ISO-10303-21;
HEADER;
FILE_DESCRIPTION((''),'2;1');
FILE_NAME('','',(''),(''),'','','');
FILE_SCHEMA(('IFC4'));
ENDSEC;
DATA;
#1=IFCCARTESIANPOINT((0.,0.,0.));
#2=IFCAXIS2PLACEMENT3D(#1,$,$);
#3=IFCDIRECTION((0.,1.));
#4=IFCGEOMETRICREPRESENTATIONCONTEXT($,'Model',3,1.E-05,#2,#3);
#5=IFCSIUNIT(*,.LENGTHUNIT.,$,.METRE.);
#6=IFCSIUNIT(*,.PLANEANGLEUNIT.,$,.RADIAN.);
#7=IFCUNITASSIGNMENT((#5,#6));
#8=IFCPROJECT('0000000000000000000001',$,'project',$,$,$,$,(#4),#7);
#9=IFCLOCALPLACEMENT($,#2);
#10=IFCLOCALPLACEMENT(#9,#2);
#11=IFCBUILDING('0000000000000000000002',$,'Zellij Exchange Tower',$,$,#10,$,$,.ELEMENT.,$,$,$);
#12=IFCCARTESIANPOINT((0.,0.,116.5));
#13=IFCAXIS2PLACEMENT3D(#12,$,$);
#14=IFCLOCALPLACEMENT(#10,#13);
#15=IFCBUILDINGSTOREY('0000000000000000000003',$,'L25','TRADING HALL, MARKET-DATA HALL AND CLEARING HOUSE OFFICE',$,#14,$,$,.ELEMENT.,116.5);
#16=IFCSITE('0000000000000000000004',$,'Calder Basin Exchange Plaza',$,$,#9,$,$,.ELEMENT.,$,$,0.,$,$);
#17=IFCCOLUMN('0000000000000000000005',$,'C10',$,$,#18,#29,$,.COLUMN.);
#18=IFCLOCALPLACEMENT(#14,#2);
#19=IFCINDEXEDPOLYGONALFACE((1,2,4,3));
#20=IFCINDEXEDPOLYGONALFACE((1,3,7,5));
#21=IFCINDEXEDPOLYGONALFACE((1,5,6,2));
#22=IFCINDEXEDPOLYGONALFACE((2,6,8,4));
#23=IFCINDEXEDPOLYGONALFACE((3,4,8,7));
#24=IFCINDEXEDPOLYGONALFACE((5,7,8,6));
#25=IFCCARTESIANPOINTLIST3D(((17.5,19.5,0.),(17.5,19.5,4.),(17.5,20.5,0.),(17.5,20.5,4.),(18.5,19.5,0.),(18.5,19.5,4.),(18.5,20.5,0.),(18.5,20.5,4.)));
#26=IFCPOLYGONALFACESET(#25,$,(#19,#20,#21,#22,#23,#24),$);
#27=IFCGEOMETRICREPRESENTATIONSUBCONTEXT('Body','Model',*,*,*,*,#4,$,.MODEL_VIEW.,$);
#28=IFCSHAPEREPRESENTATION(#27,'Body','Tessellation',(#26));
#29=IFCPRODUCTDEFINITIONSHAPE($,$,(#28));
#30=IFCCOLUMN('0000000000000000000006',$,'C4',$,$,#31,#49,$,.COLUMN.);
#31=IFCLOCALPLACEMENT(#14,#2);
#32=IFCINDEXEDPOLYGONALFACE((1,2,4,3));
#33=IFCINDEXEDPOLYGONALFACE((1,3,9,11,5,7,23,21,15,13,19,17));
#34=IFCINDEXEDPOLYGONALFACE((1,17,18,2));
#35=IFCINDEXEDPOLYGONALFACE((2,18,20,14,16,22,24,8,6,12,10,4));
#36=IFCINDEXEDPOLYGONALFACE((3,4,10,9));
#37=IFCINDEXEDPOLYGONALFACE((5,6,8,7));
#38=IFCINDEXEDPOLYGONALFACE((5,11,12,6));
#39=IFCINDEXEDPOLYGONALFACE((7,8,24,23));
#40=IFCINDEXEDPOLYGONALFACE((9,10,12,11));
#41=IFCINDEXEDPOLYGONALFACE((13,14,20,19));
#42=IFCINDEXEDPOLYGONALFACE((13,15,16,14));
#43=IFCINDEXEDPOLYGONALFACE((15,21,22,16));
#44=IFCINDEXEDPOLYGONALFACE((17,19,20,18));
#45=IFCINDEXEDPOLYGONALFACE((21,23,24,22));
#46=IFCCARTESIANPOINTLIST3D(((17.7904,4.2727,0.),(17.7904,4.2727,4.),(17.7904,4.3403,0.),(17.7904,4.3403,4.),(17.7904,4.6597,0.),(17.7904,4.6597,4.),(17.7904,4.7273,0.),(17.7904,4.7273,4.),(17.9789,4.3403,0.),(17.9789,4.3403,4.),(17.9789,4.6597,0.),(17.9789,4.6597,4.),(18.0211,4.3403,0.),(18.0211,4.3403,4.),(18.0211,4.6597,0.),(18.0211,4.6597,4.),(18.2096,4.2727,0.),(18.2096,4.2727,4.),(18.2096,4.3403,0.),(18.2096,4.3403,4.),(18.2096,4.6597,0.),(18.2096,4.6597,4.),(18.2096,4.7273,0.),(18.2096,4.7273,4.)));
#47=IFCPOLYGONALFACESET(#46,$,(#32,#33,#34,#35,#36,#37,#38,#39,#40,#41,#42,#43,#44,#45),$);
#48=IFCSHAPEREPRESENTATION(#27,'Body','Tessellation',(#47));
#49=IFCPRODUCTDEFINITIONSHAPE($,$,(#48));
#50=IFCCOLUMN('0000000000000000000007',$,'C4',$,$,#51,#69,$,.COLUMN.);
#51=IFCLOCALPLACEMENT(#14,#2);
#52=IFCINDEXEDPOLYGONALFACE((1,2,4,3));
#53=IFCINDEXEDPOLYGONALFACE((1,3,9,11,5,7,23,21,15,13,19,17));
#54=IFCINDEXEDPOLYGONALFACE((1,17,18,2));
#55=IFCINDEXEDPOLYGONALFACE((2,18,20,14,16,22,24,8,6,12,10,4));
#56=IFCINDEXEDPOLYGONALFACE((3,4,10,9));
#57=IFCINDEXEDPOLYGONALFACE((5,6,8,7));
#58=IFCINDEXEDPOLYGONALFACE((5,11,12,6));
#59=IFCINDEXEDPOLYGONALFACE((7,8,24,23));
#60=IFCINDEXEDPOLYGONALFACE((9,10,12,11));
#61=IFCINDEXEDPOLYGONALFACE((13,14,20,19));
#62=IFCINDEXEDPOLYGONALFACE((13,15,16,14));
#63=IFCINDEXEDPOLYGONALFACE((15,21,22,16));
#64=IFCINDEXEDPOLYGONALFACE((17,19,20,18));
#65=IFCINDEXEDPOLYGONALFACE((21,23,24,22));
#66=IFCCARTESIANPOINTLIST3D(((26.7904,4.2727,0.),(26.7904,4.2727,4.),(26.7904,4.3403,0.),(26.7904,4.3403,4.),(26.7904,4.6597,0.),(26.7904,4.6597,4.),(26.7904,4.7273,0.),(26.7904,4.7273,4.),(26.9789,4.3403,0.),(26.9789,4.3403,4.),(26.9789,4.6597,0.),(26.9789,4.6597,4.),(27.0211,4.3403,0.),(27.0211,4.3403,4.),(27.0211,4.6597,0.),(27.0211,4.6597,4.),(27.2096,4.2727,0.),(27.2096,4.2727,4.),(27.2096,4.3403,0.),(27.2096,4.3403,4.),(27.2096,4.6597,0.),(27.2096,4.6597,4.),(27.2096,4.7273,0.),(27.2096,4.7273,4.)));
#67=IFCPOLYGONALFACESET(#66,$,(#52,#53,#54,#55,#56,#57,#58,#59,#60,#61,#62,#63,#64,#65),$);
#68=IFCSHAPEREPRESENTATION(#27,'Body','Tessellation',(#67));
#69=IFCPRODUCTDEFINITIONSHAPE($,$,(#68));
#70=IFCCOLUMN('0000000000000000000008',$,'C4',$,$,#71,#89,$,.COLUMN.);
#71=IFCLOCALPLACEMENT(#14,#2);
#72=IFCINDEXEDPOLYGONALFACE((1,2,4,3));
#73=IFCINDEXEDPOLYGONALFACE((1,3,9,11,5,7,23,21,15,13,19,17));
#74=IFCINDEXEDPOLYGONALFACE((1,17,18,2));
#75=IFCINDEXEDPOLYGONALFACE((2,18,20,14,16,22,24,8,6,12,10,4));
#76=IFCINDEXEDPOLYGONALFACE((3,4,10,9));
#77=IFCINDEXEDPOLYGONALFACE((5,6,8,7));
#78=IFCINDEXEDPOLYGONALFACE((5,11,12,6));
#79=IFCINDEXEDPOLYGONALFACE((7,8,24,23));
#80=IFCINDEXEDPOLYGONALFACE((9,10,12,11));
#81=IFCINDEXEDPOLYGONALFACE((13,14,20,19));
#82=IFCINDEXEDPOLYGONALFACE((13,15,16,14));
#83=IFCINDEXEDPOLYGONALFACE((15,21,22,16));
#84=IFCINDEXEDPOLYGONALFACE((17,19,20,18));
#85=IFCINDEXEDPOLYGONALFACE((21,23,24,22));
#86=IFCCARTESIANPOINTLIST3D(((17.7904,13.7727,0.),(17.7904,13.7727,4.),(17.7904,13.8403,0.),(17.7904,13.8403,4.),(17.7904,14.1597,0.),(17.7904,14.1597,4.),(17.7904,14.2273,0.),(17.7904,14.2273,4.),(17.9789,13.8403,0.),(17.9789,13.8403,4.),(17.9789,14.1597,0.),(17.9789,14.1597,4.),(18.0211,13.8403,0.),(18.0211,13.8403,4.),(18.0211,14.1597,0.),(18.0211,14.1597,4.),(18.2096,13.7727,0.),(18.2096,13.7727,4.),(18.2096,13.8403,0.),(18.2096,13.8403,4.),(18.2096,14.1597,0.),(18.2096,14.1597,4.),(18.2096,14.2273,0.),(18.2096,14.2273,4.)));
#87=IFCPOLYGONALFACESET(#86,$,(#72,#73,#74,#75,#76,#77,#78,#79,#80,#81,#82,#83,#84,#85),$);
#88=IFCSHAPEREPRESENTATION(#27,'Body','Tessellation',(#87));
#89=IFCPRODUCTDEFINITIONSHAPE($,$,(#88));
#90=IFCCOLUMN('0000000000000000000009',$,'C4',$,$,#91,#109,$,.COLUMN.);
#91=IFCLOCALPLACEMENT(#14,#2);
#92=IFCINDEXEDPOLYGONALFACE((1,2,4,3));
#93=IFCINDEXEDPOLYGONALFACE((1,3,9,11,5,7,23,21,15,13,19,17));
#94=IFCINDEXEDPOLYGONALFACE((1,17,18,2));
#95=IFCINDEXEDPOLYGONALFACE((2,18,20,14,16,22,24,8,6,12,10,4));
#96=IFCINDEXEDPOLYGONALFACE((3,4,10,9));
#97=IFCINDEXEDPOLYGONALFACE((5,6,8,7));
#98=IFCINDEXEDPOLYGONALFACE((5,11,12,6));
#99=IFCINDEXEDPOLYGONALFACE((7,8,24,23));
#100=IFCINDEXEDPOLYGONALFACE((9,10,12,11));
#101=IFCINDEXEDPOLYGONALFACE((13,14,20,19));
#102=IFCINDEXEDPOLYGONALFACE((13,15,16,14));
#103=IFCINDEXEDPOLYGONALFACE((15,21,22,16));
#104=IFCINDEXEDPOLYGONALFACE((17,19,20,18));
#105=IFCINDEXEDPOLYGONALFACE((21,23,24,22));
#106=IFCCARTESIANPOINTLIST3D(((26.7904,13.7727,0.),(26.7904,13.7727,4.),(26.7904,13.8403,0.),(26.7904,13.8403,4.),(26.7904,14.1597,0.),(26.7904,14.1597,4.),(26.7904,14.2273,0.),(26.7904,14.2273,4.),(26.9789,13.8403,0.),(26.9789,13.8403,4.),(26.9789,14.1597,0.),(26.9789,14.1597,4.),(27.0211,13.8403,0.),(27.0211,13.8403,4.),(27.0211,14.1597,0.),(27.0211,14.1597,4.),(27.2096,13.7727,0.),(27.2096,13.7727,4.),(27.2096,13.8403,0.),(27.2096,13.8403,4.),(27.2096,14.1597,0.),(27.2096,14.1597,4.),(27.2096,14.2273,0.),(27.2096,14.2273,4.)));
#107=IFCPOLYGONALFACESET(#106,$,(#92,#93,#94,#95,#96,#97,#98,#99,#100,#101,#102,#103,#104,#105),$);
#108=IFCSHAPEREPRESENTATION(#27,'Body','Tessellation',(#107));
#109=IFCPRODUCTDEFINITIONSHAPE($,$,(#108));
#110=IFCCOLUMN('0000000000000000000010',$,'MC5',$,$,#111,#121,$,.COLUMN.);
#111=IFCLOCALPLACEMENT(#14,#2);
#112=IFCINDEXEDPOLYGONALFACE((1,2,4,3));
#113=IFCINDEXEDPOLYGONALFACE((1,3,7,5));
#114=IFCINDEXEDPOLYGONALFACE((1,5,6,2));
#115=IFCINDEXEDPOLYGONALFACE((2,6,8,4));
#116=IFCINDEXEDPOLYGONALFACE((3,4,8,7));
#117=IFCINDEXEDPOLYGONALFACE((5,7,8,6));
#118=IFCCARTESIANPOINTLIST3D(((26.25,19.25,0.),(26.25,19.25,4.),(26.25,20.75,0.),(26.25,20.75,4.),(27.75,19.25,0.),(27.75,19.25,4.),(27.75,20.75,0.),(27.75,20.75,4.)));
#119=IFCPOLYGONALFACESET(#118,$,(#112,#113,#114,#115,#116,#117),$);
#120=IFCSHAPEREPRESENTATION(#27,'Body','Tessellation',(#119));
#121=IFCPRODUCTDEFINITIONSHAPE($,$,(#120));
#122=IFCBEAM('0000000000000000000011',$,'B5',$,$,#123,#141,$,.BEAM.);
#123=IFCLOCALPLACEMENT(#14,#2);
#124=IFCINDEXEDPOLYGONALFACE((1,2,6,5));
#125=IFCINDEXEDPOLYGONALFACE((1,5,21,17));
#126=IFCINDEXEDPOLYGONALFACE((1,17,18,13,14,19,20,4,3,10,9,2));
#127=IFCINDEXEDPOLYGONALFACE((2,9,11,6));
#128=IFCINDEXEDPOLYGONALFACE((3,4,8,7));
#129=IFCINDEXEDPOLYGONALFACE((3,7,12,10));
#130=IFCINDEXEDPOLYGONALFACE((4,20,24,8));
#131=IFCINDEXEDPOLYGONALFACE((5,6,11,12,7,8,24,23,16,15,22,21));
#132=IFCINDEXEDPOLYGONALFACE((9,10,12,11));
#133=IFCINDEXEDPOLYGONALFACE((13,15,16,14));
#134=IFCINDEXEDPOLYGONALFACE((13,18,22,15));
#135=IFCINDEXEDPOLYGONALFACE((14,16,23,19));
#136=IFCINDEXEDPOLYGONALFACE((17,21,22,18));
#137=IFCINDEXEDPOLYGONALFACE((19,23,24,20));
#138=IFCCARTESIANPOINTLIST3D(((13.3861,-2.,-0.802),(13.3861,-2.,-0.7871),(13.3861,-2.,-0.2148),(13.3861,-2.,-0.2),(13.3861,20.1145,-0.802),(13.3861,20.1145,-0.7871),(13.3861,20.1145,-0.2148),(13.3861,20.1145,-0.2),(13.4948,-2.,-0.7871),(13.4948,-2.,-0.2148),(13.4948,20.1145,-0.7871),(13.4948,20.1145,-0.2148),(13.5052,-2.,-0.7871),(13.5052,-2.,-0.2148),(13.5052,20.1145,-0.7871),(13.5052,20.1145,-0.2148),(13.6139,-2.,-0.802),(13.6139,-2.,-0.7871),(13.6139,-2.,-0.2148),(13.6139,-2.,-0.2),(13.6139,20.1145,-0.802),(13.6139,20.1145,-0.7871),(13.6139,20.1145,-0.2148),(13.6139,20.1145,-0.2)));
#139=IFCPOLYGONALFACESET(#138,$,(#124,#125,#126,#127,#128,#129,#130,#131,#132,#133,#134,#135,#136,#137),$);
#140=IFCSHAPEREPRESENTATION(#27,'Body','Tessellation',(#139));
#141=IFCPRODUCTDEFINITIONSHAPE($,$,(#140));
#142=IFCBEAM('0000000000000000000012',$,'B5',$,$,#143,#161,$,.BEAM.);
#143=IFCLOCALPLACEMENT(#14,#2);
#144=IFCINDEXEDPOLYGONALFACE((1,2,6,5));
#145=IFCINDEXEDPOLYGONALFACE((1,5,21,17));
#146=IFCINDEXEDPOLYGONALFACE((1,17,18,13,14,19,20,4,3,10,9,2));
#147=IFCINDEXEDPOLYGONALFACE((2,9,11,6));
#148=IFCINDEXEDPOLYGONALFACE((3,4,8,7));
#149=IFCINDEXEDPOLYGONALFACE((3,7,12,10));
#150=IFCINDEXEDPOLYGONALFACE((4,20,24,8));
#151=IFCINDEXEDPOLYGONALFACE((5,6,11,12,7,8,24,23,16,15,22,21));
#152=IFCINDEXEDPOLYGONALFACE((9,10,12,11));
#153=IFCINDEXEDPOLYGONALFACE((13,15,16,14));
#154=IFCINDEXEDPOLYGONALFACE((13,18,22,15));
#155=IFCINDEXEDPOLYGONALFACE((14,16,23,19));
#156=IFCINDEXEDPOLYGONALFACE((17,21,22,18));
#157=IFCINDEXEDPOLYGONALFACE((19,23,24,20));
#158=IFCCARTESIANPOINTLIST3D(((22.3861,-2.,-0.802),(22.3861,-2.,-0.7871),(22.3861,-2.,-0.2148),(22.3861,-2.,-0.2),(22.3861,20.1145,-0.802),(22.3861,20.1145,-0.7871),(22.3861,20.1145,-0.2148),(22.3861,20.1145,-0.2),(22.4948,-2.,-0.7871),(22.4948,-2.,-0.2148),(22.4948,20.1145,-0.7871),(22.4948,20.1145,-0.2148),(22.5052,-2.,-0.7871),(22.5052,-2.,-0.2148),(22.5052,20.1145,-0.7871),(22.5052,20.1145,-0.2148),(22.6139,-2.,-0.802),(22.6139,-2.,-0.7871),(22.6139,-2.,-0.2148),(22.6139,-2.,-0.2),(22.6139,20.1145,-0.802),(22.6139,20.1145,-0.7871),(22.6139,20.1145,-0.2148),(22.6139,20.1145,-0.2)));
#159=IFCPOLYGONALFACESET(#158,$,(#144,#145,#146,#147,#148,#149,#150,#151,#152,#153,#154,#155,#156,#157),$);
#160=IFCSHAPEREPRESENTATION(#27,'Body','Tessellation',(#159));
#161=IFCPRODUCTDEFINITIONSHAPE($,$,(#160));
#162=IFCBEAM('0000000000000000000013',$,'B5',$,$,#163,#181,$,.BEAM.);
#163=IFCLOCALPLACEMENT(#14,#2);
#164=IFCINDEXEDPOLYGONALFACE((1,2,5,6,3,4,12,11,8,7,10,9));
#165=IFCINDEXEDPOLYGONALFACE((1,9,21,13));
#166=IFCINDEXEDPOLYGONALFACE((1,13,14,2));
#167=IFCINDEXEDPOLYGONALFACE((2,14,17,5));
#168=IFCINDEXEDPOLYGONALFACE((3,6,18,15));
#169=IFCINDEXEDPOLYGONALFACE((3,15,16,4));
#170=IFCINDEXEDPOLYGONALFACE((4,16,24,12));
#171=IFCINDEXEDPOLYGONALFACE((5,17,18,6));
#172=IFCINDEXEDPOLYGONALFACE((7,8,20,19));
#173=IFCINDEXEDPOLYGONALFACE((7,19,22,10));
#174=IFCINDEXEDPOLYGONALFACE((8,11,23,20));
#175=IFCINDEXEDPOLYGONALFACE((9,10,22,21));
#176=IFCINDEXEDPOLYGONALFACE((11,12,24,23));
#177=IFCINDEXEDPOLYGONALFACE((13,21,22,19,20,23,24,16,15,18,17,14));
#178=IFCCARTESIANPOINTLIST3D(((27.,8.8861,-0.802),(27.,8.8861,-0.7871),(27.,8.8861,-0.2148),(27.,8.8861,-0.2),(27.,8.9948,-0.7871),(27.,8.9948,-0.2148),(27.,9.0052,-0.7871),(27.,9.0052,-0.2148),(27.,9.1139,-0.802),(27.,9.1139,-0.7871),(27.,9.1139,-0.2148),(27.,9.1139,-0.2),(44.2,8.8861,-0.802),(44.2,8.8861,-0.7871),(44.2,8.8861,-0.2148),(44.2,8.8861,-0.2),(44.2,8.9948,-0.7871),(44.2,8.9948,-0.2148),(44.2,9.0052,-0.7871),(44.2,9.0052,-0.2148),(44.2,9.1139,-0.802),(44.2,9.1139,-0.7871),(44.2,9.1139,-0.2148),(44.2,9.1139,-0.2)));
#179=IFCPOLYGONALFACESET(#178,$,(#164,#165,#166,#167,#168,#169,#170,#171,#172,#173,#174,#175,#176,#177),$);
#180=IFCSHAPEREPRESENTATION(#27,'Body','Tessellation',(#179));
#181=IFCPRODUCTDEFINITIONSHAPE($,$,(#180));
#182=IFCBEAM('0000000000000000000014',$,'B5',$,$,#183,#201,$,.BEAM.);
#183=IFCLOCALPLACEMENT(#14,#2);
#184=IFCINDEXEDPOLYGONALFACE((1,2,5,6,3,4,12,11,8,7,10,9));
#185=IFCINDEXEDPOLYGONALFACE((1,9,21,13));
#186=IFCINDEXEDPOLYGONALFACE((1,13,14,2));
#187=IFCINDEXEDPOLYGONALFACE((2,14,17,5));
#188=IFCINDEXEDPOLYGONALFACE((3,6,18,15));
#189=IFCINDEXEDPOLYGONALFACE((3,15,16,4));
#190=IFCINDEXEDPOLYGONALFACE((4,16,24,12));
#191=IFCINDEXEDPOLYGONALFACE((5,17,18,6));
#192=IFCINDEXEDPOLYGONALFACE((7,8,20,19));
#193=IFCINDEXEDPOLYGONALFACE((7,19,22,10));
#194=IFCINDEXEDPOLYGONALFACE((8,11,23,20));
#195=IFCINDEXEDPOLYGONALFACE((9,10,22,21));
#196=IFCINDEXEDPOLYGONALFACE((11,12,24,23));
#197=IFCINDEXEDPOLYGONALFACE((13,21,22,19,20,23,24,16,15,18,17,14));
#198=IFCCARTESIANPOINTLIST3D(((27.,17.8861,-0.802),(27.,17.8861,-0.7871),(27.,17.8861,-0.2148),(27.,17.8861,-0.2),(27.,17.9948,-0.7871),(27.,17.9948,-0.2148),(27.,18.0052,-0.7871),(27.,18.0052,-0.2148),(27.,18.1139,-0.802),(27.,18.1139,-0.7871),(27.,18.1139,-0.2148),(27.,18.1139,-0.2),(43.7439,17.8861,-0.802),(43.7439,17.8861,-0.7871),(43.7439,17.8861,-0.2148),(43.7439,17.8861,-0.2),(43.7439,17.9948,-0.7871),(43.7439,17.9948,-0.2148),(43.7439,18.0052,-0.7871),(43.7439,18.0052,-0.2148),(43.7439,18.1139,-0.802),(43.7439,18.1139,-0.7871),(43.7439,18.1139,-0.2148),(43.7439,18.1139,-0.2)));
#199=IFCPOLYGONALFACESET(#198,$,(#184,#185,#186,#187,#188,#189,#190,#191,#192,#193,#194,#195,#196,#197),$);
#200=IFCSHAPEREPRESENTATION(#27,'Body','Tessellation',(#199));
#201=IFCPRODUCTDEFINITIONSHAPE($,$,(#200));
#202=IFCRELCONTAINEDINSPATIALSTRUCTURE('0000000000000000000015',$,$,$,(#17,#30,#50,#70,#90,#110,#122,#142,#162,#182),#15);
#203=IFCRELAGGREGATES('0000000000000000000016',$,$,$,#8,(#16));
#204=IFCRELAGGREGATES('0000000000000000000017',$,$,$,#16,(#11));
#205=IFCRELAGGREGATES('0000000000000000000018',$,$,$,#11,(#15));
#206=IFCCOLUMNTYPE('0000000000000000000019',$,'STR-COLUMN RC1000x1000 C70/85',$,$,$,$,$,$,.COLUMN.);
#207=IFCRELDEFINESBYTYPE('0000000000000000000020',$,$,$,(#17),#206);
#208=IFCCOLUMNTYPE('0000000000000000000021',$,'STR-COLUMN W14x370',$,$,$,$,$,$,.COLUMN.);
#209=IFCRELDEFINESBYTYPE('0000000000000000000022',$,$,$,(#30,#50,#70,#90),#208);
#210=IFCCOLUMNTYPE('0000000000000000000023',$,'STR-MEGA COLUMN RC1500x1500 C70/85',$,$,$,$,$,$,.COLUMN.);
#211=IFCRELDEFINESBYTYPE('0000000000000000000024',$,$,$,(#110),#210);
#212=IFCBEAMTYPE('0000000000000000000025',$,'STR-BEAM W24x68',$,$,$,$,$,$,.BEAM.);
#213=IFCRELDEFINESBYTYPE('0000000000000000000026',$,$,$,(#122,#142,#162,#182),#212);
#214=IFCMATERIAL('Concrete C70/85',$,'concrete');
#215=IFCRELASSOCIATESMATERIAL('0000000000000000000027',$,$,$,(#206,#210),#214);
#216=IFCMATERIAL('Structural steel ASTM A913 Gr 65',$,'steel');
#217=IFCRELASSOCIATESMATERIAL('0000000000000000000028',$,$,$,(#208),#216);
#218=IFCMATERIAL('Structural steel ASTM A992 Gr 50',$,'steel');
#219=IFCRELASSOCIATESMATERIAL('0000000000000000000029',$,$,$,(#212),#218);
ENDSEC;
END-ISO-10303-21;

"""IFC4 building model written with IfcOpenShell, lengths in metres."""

from ifc_helpers import new_model, si_unit, direction, frame, origin, origin_2d, place, context, subcontext, project, spatial, rectangle, i_section, extrude, material, material_profile, profile_set, type_object, element, save


model = new_model("IFC4")

# Units and contexts
model_context = context("Model", 3, precision=1e-05, world=origin(), true_north=direction((0.0, 1.0)))
body_context = subcontext(model_context, "Body", "Model", "MODEL_VIEW")
ifc_project = project(units=[si_unit("LENGTHUNIT", "METRE"), si_unit("PLANEANGLEUNIT", "RADIAN")], contexts=[model_context])

# Site, building, storey
site_placement = place(None, origin())
site = spatial("IfcSite", under=ifc_project, at=site_placement, Name="Calder Basin Exchange Plaza", CompositionType="ELEMENT", RefElevation=0.0)
building_placement = place(site_placement, origin())
building = spatial("IfcBuilding", under=site, at=building_placement, Name="Zellij Exchange Tower", CompositionType="ELEMENT")
storey_placement = place(building_placement, frame((0.0, 0.0, 116.5)))
storey = spatial("IfcBuildingStorey", under=building, at=storey_placement, Name="L25", Description="TRADING HALL, MARKET-DATA HALL AND CLEARING HOUSE OFFICE", CompositionType="ELEMENT", Elevation=116.5)

# Columns
ifc_material_1 = material(Name="Concrete C70/85", Category="concrete")
ifc_material_profile_1 = material_profile(ifc_material_1, rectangle(XDim=1.0, YDim=1.0, at=origin_2d()), Name="STR-COLUMN RC1000x1000 C70/85")
ifc_profile_set_1 = profile_set([ifc_material_profile_1], Name="Concrete C70/85")
column_type_1 = type_object("IfcColumnType", Name="STR-COLUMN RC1000x1000 C70/85", PredefinedType="COLUMN", material=ifc_profile_set_1)
column_1_placement = place(storey_placement, frame((18.0, 20.0, 0.0), z_axis=(0.0, 0.0, 1.0), x_axis=(1.0, 0.0, 0.0)))
element("IfcColumn", 1, at=column_1_placement, inside=storey, type_object=column_type_1, Name="C10", PredefinedType="COLUMN", context=body_context, shape_type="SweptSolid", body=[
    extrude(rectangle(XDim=1.0, YDim=1.0, at=origin_2d()), origin(), (0.0, 0.0, 1.0), 4.0),
])
ifc_material_2 = material(Name="Structural steel ASTM A913 Gr 65", Category="steel")
ifc_material_profile_2 = material_profile(ifc_material_2, i_section(OverallWidth=0.4192, OverallDepth=0.4546, WebThickness=0.0422, FlangeThickness=0.0676, at=origin_2d()), Name="W14x370")
ifc_profile_set_2 = profile_set([ifc_material_profile_2], Name="Structural steel ASTM A913 Gr 65")
column_type_2 = type_object("IfcColumnType", Name="STR-COLUMN W14x370", PredefinedType="COLUMN", material=ifc_profile_set_2)
for number, where, z_axis, x_axis, name in (
    (2, (18.0, 4.5, 0.0), (0.0, 0.0, 1.0), (1.0, 0.0, 0.0), "C4"),
    (3, (27.0, 4.5, 0.0), (0.0, 0.0, 1.0), (1.0, 0.0, 0.0), "C4"),
    (4, (18.0, 14.0, 0.0), (0.0, 0.0, 1.0), (1.0, 0.0, 0.0), "C4"),
    (5, (27.0, 14.0, 0.0), (0.0, 0.0, 1.0), (1.0, 0.0, 0.0), "C4"),
):
    element("IfcColumn", number, at=place(storey_placement, frame(where, z_axis=z_axis, x_axis=x_axis)), inside=storey, type_object=column_type_2, Name=name, PredefinedType="COLUMN", context=body_context, shape_type="SweptSolid", body=[
        extrude(i_section(OverallWidth=0.4192, OverallDepth=0.4546, WebThickness=0.0422, FlangeThickness=0.0676, at=origin_2d()), origin(), (0.0, 0.0, 1.0), 4.0),
    ])
ifc_material_profile_3 = material_profile(ifc_material_1, rectangle(XDim=1.5, YDim=1.5, at=origin_2d()), Name="STR-MEGA COLUMN RC1500x1500 C70/85")
ifc_profile_set_3 = profile_set([ifc_material_profile_3], Name="Concrete C70/85")
column_type_3 = type_object("IfcColumnType", Name="STR-MEGA COLUMN RC1500x1500 C70/85", PredefinedType="COLUMN", material=ifc_profile_set_3)
column_2_placement = place(storey_placement, frame((27.0, 20.0, 0.0), z_axis=(0.0, 0.0, 1.0), x_axis=(1.0, 0.0, 0.0)))
element("IfcColumn", 6, at=column_2_placement, inside=storey, type_object=column_type_3, Name="MC5", PredefinedType="COLUMN", context=body_context, shape_type="SweptSolid", body=[
    extrude(rectangle(XDim=1.5, YDim=1.5, at=origin_2d()), origin(), (0.0, 0.0, 1.0), 4.0),
])

# Beams
ifc_material_3 = material(Name="Structural steel ASTM A992 Gr 50", Category="steel")
ifc_material_profile_4 = material_profile(ifc_material_3, i_section(OverallWidth=0.2278, OverallDepth=0.6021, WebThickness=0.0105, FlangeThickness=0.0149, at=origin_2d()), Name="W24x68")
ifc_profile_set_4 = profile_set([ifc_material_profile_4], Name="Structural steel ASTM A992 Gr 50")
beam_type_1 = type_object("IfcBeamType", Name="STR-BEAM W24x68", PredefinedType="BEAM", material=ifc_profile_set_4)
for number, where, z_axis, x_axis, name in (
    (7, (13.5, -2.0, -0.501), (0.0, 1.0, 0.0), (-1.0, 0.0, 0.0), "B5"),
    (8, (22.5, -2.0, -0.501), (0.0, 1.0, 0.0), (-1.0, 0.0, 0.0), "B5"),
):
    element("IfcBeam", number, at=place(storey_placement, frame(where, z_axis=z_axis, x_axis=x_axis)), inside=storey, type_object=beam_type_1, Name=name, PredefinedType="BEAM", context=body_context, shape_type="SweptSolid", body=[
        extrude(i_section(OverallWidth=0.2278, OverallDepth=0.6021, WebThickness=0.0105, FlangeThickness=0.0149, at=origin_2d()), origin(), (0.0, 0.0, 1.0), 22.1145),
    ])
beam_1_placement = place(storey_placement, frame((27.0, 9.0, -0.501), z_axis=(1.0, 0.0, 0.0), x_axis=(0.0, 1.0, 0.0)))
element("IfcBeam", 9, at=beam_1_placement, inside=storey, type_object=beam_type_1, Name="B5", PredefinedType="BEAM", context=body_context, shape_type="SweptSolid", body=[
    extrude(i_section(OverallWidth=0.2278, OverallDepth=0.6021, WebThickness=0.0105, FlangeThickness=0.0149, at=origin_2d()), origin(), (0.0, 0.0, 1.0), 17.2),
])
beam_2_placement = place(storey_placement, frame((27.0, 18.0, -0.501), z_axis=(1.0, 0.0, 0.0), x_axis=(0.0, 1.0, 0.0)))
element("IfcBeam", 10, at=beam_2_placement, inside=storey, type_object=beam_type_1, Name="B5", PredefinedType="BEAM", context=body_context, shape_type="SweptSolid", body=[
    extrude(i_section(OverallWidth=0.2278, OverallDepth=0.6021, WebThickness=0.0105, FlangeThickness=0.0149, at=origin_2d()), origin(), (0.0, 0.0, 1.0), 16.7439),
])

save(model, "model.ifc")
